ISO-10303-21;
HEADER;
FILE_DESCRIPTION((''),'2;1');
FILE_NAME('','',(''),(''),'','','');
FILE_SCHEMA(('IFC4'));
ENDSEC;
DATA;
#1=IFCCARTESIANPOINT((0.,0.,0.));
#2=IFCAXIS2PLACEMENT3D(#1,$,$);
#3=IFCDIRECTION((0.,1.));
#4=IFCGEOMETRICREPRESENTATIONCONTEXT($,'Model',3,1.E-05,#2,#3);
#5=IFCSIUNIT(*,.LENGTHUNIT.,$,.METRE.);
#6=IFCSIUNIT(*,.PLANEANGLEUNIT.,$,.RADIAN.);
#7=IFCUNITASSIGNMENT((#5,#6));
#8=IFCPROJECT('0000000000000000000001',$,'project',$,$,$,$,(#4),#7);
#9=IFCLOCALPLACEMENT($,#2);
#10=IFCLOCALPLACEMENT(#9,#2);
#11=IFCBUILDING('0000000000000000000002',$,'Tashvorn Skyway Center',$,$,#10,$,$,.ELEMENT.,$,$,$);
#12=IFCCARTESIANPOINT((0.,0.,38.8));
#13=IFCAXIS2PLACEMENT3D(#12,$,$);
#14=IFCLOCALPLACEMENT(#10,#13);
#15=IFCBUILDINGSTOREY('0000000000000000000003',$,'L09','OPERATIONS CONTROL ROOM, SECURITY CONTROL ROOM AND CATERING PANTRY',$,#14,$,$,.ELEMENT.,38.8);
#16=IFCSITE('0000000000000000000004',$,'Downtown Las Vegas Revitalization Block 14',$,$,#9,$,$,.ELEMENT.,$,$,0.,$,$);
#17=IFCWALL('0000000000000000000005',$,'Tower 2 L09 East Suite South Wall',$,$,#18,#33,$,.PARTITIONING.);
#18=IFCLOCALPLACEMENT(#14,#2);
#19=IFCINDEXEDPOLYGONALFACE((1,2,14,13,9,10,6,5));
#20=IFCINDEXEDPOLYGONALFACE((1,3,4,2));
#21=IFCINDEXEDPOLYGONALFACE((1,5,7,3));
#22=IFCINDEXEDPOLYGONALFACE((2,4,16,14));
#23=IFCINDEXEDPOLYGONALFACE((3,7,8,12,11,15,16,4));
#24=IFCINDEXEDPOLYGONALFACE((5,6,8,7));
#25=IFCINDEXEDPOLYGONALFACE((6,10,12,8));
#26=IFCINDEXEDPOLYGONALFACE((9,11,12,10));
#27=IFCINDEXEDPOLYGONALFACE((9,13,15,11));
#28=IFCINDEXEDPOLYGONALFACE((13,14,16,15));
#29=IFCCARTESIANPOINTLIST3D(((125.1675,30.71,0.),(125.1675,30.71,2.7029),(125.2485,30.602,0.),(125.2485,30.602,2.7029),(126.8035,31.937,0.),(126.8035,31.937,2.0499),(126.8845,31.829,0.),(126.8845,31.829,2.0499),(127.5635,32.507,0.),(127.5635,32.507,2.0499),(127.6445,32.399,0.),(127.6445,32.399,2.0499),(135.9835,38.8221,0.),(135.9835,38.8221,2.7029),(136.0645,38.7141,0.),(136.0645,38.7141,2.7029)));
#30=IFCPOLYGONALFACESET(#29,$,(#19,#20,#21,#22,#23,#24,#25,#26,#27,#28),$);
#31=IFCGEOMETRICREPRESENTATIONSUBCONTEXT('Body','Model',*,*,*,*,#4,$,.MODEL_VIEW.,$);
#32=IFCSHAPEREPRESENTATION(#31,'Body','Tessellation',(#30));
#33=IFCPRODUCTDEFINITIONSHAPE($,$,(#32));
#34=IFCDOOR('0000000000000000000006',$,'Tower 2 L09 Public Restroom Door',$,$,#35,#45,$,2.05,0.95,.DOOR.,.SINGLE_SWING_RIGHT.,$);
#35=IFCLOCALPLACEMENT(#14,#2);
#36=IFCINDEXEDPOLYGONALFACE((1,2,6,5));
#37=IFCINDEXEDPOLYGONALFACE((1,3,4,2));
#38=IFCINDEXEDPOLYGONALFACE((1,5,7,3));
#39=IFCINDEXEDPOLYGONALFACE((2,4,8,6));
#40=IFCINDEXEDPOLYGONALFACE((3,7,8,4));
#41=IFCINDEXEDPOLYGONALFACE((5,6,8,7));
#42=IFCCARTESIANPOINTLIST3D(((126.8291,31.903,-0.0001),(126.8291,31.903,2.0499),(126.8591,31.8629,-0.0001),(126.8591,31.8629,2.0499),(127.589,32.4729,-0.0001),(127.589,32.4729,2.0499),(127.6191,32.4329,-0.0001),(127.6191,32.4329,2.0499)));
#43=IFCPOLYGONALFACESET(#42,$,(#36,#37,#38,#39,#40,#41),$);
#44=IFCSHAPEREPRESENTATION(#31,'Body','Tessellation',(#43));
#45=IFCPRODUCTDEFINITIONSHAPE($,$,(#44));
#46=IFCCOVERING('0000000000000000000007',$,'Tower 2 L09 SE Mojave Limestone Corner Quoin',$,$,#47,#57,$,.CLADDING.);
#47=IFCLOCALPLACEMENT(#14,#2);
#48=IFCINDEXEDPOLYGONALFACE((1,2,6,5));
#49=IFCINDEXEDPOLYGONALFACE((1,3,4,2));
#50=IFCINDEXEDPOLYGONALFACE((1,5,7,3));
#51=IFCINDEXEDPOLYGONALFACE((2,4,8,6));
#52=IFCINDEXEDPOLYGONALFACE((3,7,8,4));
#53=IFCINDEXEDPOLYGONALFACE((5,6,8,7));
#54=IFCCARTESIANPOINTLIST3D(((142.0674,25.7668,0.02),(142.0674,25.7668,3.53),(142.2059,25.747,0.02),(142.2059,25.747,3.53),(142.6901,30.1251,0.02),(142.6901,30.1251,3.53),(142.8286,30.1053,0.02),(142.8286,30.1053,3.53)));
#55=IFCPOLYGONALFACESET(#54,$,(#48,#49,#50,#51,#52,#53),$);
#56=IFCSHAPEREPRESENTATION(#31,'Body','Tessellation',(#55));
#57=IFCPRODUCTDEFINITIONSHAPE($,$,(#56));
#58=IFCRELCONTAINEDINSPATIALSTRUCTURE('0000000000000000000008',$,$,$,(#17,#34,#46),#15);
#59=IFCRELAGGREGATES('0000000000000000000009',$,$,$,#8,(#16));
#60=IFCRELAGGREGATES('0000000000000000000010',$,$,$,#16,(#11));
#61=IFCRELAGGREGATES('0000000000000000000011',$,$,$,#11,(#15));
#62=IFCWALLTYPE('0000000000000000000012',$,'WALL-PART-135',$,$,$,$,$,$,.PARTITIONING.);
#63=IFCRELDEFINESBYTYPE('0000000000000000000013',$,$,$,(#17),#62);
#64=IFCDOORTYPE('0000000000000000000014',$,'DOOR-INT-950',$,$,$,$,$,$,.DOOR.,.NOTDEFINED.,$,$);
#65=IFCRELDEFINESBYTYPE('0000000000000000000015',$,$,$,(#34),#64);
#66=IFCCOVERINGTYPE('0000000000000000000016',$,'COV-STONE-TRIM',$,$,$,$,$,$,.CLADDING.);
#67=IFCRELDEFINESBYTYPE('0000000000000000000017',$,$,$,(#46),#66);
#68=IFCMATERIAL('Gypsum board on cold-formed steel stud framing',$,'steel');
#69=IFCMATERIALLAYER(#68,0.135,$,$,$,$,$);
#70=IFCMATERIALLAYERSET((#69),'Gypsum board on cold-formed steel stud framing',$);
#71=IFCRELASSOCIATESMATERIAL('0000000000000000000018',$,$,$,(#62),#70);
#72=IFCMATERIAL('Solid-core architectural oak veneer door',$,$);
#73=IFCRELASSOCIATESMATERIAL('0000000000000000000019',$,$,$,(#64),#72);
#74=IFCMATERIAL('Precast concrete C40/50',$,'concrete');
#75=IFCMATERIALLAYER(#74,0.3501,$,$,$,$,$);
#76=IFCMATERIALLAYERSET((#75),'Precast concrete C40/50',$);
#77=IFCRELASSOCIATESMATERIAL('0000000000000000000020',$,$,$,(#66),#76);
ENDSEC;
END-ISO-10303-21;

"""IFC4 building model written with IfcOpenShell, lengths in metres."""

from ifc_helpers import new_model, si_unit, direction, frame, frame_2d, origin, origin_2d, place, context, subcontext, project, spatial, rectangle, extrude, material, layer, layer_set, type_object, element, fill, save


model = new_model("IFC4")

# Units and contexts
model_context = context("Model", 3, precision=1e-05, world=origin(), true_north=direction((0.0, 1.0)))
body_context = subcontext(model_context, "Body", "Model", "MODEL_VIEW")
ifc_project = project(units=[si_unit("LENGTHUNIT", "METRE"), si_unit("PLANEANGLEUNIT", "RADIAN")], contexts=[model_context])

# Site, building, storey
site_placement = place(None, origin())
site = spatial("IfcSite", under=ifc_project, at=site_placement, Name="Downtown Las Vegas Revitalization Block 14", CompositionType="ELEMENT", RefElevation=0.0)
building_placement = place(site_placement, origin())
building = spatial("IfcBuilding", under=site, at=building_placement, Name="Tashvorn Skyway Center", CompositionType="ELEMENT")
storey_placement = place(building_placement, frame((0.0, 0.0, 38.8)))
storey = spatial("IfcBuildingStorey", under=building, at=storey_placement, Name="L09", Description="OPERATIONS CONTROL ROOM, SECURITY CONTROL ROOM AND CATERING PANTRY", CompositionType="ELEMENT", Elevation=38.8)

# Shared definitions
ifc_material_1 = material(Name="Precast concrete C40/50", Category="concrete")

# Shared definitions
ifc_material_2 = material(Name="Gypsum board on cold-formed steel stud framing", Category="steel")
ifc_layer_1 = layer(ifc_material_2, 0.135)
ifc_layer_set_1 = layer_set([ifc_layer_1], Name="Gypsum board on cold-formed steel stud framing")
wall_type_1 = type_object("IfcWallType", Name="WALL-PART-135", PredefinedType="PARTITIONING", material=ifc_layer_set_1)
ifc_material_3 = material(Name="Solid-core architectural oak veneer door")
door_type = type_object("IfcDoorType", Name="DOOR-INT-950", OperationType="NOTDEFINED", PredefinedType="DOOR", material=ifc_material_3)

# Wall, opening, door
wall_1_placement = place(storey_placement, frame((125.208, 30.656, 0.0), z_axis=(0.0, 0.0, 1.0), x_axis=(0.799996, 0.600006, 0.0)))
wall_1 = element("IfcWall", 1, at=wall_1_placement, inside=storey, type_object=wall_type_1, Name="Tower 2 L09 East Suite South Wall", PredefinedType="PARTITIONING", context=body_context, shape_type="SweptSolid", body=[
    extrude(rectangle(XDim=13.52, YDim=0.135, at=frame_2d((6.76, 0.0))), origin(), (0.0, 0.0, 1.0), 2.7029),
])
opening_1_placement = place(wall_1_placement, frame((2.0449, 0.0, 0.0)))
opening_1 = element("IfcOpeningElement", 2, at=opening_1_placement, cuts=wall_1, PredefinedType="OPENING", context=body_context, shape_type="SweptSolid", body=[
    extrude(rectangle(XDim=0.95, YDim=2.05, at=frame_2d((0.4751, 1.0249))), frame((0.0, 0.0774, 0.0), z_axis=(0.0, -1.0, 0.0), x_axis=(1.0, 0.0, 0.0)), (0.0, 0.0, 1.0), 0.155),
])
door_1_placement = place(opening_1_placement, origin())
door_1 = element("IfcDoor", 3, at=door_1_placement, inside=storey, type_object=door_type, Name="Tower 2 L09 Public Restroom Door", OperationType="SINGLE_SWING_RIGHT", OverallHeight=2.05, OverallWidth=0.95, PredefinedType="DOOR", context=body_context, shape_type="SweptSolid", body=[
    extrude(rectangle(XDim=0.95, YDim=2.05, at=frame_2d((0.4751, 1.0249))), frame((0.0, 0.0249, 0.0), z_axis=(0.0, -1.0, 0.0), x_axis=(1.0, 0.0, 0.0)), (0.0, 0.0, 1.0), 0.05),
])
fill(opening_1, door_1)

# Covering
ifc_layer_2 = layer(ifc_material_1, 0.3501)
ifc_layer_set_2 = layer_set([ifc_layer_2], Name="Precast concrete C40/50")
covering_type = type_object("IfcCoveringType", Name="COV-STONE-TRIM", PredefinedType="CLADDING", material=ifc_layer_set_2)
covering_placement = place(storey_placement, frame((142.448, 27.936, 0.02), z_axis=(0.0, 0.0, 1.0), x_axis=(0.141421, 0.989949, 0.0)))
element("IfcCovering", 4, at=covering_placement, inside=storey, type_object=covering_type, Name="Tower 2 L09 SE Mojave Limestone Corner Quoin", PredefinedType="CLADDING", context=body_context, shape_type="SweptSolid", body=[
    extrude(rectangle(XDim=4.4026, YDim=0.1399, at=origin_2d()), origin(), (0.0, 0.0, 1.0), 3.51),
])

save(model, "model.ifc")
